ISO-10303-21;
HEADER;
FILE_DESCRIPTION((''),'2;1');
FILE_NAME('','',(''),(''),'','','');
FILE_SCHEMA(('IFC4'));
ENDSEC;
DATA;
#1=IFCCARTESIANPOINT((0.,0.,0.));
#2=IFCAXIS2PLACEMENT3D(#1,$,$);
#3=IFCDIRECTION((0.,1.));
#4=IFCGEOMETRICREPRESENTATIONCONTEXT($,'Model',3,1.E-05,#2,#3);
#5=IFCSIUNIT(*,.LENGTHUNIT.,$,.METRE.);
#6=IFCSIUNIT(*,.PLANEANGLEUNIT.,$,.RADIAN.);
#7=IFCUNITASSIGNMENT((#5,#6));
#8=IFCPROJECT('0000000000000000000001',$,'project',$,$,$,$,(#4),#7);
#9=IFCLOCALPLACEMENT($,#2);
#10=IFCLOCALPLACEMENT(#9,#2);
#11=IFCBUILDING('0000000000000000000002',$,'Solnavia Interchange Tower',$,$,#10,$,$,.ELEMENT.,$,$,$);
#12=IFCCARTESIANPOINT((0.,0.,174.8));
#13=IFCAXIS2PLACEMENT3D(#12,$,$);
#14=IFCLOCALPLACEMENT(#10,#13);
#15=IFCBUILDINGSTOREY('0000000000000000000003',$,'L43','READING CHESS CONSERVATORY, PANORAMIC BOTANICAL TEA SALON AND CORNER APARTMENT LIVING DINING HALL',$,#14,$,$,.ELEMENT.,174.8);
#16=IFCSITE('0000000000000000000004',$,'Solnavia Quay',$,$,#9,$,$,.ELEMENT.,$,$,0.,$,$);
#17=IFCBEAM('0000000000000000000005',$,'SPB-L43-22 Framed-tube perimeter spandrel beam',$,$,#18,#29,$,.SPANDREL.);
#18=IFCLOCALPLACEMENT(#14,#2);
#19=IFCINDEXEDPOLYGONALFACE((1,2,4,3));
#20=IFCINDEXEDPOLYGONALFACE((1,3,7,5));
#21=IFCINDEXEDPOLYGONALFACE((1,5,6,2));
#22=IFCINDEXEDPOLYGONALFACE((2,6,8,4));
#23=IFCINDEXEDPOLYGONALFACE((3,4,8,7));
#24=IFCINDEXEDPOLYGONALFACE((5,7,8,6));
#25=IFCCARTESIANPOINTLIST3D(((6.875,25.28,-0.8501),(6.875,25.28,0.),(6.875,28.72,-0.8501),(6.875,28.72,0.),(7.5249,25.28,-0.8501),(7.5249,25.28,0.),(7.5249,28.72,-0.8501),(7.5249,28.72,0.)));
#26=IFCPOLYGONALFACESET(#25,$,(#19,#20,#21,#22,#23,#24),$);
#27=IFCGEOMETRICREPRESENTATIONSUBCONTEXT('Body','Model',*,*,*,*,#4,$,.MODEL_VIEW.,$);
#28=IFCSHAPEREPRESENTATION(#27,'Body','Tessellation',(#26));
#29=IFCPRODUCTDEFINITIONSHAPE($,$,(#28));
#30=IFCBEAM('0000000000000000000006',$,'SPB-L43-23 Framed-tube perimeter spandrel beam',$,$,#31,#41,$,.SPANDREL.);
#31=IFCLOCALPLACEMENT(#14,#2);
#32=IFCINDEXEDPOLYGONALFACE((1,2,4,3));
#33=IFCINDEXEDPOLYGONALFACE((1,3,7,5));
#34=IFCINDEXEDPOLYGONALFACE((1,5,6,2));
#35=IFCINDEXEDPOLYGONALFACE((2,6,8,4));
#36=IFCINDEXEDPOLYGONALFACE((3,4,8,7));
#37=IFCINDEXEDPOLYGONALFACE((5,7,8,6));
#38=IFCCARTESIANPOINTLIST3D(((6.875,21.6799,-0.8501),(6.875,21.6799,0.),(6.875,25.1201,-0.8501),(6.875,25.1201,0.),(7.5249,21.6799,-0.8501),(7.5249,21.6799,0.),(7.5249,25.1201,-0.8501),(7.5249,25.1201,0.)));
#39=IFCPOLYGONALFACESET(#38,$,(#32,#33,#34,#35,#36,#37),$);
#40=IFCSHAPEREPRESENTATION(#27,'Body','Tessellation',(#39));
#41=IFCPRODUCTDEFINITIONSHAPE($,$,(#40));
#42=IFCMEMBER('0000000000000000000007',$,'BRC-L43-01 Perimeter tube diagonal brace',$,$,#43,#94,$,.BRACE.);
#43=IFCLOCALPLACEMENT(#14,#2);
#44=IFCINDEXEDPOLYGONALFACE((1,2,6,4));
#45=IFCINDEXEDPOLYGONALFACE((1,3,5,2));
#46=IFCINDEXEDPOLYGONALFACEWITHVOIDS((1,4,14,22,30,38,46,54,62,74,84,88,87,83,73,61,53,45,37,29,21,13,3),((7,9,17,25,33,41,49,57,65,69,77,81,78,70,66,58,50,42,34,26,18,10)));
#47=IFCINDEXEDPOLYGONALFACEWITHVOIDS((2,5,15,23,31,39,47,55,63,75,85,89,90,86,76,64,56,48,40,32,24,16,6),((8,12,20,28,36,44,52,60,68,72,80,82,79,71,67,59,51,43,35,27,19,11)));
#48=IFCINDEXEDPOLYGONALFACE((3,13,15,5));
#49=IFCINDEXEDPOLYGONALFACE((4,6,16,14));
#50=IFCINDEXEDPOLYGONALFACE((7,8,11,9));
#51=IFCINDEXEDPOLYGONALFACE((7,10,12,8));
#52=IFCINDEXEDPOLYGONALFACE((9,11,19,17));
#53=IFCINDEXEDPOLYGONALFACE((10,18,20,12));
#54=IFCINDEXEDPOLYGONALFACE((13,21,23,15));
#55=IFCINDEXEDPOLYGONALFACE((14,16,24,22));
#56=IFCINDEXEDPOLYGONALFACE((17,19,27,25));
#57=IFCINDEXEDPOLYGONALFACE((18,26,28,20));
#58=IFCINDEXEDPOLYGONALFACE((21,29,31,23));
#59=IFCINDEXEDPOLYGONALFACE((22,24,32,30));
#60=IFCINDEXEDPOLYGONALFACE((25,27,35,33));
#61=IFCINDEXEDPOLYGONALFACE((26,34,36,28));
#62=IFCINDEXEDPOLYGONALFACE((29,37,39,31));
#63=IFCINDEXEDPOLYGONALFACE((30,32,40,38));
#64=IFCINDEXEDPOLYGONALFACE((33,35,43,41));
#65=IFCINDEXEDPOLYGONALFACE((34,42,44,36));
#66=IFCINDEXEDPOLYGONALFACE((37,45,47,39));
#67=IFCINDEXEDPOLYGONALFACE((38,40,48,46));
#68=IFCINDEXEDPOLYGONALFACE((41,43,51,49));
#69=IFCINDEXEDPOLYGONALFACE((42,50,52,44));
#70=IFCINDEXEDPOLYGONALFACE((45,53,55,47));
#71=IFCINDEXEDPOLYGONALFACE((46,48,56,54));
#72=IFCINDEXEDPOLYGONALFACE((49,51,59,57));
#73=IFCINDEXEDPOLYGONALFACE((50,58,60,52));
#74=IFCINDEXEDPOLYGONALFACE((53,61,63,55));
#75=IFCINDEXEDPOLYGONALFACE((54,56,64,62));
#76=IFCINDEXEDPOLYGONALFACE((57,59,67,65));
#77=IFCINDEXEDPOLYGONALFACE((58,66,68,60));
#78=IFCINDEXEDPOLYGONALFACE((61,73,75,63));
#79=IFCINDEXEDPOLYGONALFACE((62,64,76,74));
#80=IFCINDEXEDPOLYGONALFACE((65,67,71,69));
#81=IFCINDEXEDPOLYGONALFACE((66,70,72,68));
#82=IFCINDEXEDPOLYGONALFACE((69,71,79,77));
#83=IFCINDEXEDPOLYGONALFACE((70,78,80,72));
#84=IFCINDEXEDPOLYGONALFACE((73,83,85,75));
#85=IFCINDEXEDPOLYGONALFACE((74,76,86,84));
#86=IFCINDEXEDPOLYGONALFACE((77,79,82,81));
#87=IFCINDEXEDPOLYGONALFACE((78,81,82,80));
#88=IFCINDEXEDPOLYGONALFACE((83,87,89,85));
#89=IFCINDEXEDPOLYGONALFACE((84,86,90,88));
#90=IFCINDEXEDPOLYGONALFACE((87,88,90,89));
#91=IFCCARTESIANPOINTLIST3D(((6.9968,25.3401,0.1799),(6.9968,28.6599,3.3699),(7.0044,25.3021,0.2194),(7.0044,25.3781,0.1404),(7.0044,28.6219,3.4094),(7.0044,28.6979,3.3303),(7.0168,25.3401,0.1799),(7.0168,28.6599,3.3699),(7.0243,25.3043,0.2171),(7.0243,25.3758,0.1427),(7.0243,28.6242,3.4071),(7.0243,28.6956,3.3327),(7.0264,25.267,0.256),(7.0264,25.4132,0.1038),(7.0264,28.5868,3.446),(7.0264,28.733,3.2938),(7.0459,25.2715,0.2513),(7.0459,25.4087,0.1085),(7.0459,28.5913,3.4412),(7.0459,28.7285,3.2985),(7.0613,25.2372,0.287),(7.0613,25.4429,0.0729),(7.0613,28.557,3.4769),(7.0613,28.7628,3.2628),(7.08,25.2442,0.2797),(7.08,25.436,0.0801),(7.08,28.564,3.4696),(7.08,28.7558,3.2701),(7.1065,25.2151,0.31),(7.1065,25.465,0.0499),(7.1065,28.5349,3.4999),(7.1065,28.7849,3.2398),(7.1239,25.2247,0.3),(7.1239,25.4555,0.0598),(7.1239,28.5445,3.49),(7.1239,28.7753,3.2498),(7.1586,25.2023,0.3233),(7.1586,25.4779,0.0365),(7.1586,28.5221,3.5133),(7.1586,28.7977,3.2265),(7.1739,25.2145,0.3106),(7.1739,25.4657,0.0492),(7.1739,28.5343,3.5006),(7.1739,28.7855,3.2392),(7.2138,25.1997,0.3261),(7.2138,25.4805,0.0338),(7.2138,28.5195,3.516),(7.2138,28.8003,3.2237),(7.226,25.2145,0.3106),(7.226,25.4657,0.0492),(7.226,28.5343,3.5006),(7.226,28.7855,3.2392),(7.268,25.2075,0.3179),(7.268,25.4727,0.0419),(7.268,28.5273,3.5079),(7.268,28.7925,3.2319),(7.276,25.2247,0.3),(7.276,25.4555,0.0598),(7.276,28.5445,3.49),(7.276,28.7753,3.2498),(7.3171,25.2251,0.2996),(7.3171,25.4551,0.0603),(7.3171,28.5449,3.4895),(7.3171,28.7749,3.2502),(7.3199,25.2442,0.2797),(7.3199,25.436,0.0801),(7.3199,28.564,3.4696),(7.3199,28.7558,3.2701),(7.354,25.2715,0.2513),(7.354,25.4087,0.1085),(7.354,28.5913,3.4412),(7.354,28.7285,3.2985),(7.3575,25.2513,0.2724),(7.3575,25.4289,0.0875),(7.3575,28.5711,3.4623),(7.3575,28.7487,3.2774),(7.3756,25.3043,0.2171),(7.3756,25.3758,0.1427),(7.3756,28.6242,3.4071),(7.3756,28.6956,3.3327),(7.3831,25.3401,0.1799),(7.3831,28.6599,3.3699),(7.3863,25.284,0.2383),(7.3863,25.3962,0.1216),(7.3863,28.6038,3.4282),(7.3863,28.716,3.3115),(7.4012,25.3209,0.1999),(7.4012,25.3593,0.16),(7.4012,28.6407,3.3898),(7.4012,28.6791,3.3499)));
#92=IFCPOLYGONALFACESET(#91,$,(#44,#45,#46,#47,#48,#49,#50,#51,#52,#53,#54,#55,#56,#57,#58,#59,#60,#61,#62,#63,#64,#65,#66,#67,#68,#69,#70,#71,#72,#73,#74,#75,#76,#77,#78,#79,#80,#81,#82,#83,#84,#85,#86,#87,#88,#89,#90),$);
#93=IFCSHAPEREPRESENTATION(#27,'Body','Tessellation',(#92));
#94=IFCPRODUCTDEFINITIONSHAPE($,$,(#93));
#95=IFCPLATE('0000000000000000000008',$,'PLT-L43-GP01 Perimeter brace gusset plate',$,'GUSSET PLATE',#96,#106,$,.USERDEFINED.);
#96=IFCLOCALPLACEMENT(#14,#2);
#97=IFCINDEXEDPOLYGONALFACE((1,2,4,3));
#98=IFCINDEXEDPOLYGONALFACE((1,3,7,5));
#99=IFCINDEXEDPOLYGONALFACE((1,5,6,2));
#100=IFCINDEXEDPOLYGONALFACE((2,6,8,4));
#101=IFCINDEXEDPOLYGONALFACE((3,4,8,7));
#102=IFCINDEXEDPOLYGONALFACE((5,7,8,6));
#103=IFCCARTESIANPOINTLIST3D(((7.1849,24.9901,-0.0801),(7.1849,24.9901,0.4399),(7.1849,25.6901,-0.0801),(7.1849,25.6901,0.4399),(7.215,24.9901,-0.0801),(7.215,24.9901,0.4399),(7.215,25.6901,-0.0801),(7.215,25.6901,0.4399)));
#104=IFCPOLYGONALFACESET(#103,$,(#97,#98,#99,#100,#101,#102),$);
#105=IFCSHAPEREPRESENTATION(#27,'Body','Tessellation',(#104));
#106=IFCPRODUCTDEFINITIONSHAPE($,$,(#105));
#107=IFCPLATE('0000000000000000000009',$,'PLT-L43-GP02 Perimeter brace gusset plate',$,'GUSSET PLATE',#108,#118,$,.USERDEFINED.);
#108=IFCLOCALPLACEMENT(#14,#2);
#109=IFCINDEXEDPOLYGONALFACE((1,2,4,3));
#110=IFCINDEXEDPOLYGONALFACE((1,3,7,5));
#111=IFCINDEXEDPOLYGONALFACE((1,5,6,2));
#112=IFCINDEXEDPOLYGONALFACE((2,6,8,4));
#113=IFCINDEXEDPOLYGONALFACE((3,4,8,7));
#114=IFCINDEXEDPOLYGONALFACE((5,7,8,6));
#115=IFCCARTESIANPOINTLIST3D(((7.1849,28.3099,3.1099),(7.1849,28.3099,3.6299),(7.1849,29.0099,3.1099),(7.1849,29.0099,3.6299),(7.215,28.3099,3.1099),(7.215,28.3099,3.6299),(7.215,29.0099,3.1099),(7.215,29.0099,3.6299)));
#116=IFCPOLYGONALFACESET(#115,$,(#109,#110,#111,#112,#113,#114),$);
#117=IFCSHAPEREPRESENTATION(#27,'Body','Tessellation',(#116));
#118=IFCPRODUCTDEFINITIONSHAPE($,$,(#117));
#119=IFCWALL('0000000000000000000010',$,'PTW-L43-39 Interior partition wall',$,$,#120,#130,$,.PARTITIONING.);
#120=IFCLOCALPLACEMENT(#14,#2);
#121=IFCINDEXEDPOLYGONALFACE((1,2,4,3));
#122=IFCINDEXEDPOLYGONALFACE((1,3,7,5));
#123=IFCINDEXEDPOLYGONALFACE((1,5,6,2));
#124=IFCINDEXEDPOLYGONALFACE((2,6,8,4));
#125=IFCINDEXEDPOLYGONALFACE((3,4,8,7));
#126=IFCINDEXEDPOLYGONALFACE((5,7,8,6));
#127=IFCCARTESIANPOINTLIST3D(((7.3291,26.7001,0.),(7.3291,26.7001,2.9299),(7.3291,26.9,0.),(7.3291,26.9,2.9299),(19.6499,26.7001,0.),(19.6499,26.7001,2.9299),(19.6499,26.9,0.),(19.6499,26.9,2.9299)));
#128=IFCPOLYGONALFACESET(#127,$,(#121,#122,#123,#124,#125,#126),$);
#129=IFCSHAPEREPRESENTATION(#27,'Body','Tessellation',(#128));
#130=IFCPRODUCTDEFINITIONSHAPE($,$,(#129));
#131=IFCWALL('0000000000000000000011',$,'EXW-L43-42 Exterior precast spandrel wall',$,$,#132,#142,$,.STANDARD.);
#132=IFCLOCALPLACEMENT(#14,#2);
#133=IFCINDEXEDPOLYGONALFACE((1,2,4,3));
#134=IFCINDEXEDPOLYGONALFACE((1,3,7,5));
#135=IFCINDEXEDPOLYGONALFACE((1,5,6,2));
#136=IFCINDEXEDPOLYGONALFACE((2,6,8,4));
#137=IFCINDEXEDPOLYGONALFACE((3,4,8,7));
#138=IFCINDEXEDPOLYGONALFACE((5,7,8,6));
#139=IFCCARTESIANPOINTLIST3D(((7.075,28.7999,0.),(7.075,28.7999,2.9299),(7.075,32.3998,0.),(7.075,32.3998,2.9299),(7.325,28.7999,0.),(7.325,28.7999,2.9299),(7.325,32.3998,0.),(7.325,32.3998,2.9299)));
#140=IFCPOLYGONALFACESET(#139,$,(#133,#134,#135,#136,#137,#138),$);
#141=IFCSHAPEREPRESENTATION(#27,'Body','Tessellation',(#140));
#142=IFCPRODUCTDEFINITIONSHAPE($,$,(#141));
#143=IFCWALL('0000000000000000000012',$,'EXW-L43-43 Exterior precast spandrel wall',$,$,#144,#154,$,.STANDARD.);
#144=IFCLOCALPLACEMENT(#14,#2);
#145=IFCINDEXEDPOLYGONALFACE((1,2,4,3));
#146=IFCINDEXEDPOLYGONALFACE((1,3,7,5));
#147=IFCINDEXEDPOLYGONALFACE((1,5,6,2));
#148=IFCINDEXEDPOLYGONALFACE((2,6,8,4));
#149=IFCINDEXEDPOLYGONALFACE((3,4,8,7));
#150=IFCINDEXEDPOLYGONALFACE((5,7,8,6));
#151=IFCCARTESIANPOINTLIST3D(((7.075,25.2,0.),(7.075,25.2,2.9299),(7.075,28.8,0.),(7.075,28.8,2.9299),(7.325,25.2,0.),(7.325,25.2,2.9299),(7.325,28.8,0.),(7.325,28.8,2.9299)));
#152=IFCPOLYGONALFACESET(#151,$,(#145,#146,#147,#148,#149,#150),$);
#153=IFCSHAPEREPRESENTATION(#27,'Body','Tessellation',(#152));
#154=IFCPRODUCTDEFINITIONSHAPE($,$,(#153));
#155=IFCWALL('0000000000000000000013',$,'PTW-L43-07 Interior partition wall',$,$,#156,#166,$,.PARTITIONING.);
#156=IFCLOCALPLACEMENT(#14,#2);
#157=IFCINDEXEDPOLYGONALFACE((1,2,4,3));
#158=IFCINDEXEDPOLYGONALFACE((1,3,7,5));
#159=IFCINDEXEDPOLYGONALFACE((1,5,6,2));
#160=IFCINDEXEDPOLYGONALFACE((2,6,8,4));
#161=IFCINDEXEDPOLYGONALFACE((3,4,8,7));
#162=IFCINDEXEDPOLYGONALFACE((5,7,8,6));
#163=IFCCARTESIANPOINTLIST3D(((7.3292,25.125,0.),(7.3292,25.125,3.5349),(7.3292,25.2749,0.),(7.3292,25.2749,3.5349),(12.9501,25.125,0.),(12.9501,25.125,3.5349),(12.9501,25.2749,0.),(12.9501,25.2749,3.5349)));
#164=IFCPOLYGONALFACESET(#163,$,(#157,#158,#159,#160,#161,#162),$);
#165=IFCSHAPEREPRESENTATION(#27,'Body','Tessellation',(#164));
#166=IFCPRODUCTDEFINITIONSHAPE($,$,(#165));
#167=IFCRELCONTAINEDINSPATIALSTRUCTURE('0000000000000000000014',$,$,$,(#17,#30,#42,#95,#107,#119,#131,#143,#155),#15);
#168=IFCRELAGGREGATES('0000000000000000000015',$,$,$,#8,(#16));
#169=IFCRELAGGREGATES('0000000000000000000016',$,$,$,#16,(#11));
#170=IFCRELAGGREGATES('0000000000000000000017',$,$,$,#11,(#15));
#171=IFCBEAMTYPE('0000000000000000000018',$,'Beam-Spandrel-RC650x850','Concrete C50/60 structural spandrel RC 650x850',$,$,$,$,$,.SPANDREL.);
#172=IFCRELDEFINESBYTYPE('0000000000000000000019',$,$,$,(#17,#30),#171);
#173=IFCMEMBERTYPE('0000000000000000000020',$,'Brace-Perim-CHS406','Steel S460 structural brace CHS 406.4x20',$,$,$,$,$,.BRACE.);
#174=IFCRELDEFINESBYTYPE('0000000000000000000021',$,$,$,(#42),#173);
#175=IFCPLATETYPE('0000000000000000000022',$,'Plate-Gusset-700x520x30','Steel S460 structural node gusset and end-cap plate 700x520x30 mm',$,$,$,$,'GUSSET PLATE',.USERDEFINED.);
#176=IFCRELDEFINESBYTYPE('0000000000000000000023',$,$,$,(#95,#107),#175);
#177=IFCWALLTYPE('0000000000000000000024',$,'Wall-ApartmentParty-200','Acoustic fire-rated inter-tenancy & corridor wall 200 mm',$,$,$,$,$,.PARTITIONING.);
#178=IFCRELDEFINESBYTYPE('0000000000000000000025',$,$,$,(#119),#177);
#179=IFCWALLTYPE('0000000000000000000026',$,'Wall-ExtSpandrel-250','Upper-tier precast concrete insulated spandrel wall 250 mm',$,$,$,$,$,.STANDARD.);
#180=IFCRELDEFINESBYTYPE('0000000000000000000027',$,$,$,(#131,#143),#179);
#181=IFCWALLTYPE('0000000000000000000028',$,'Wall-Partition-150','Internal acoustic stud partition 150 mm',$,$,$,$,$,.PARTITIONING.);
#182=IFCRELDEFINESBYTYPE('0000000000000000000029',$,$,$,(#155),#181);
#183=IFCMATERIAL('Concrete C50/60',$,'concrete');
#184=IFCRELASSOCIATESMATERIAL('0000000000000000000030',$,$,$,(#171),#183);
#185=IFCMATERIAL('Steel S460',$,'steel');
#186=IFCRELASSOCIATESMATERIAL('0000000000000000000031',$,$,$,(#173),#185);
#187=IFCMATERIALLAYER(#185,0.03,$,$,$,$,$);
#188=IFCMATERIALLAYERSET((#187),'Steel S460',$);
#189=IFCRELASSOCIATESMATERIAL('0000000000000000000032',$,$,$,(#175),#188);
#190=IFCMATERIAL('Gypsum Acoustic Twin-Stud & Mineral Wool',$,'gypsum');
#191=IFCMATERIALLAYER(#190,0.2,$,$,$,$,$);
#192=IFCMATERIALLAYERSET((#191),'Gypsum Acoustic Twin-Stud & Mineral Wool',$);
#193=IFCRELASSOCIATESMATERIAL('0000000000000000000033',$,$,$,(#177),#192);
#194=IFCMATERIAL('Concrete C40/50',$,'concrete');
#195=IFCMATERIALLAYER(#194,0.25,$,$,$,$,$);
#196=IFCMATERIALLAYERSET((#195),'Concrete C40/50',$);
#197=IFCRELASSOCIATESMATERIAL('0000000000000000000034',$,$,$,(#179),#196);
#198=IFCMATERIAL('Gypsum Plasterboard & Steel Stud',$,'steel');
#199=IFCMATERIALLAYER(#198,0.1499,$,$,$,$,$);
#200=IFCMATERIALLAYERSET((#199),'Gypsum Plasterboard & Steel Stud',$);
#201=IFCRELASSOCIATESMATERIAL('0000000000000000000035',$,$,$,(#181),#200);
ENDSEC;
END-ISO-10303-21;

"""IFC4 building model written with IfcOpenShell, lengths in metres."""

from ifc_helpers import new_model, si_unit, direction, frame, frame_2d, origin, origin_2d, place, context, subcontext, project, spatial, rectangle, hollow_circle, extrude, material, layer, layer_set, material_profile, profile_set, type_object, element, save


model = new_model("IFC4")

# Units and contexts
model_context = context("Model", 3, precision=1e-05, world=origin(), true_north=direction((0.0, 1.0)))
body_context = subcontext(model_context, "Body", "Model", "MODEL_VIEW")
ifc_project = project(units=[si_unit("LENGTHUNIT", "METRE"), si_unit("PLANEANGLEUNIT", "RADIAN")], contexts=[model_context])

# Site, building, storey
site_placement = place(None, origin())
site = spatial("IfcSite", under=ifc_project, at=site_placement, Name="Solnavia Quay", CompositionType="ELEMENT", RefElevation=0.0)
building_placement = place(site_placement, origin())
building = spatial("IfcBuilding", under=site, at=building_placement, Name="Solnavia Interchange Tower", CompositionType="ELEMENT")
storey_placement = place(building_placement, frame((0.0, 0.0, 174.8)))
storey = spatial("IfcBuildingStorey", under=building, at=storey_placement, Name="L43", Description="READING CHESS CONSERVATORY, PANORAMIC BOTANICAL TEA SALON AND CORNER APARTMENT LIVING DINING HALL", CompositionType="ELEMENT", Elevation=174.8)

# Shared definitions
ifc_material_1 = material(Name="Concrete C50/60", Category="concrete")

# Beams
ifc_material_profile_1 = material_profile(ifc_material_1, rectangle(XDim=0.6499, YDim=0.8501, at=origin_2d()), Name="RC 650x850")
ifc_profile_set_1 = profile_set([ifc_material_profile_1], Name="Concrete C50/60")
beam_type_1 = type_object("IfcBeamType", Name="Beam-Spandrel-RC650x850", Description="Concrete C50/60 structural spandrel RC 650x850", PredefinedType="SPANDREL", material=ifc_profile_set_1)
beam_1_placement = place(storey_placement, frame((7.2, 28.72, -0.425), z_axis=(0.0, -1.0, 0.0), x_axis=(1.0, 0.0, 0.0)))
element("IfcBeam", 1, at=beam_1_placement, inside=storey, type_object=beam_type_1, Name="SPB-L43-22 Framed-tube perimeter spandrel beam", PredefinedType="SPANDREL", context=body_context, shape_type="SweptSolid", body=[
    extrude(rectangle(XDim=0.6499, YDim=0.8501, at=origin_2d()), origin(), (0.0, 0.0, 1.0), 3.4399),
])
beam_2_placement = place(storey_placement, frame((7.2, 25.1201, -0.425), z_axis=(0.0, -1.0, 0.0), x_axis=(1.0, 0.0, 0.0)))
element("IfcBeam", 2, at=beam_2_placement, inside=storey, type_object=beam_type_1, Name="SPB-L43-23 Framed-tube perimeter spandrel beam", PredefinedType="SPANDREL", context=body_context, shape_type="SweptSolid", body=[
    extrude(rectangle(XDim=0.6499, YDim=0.8501, at=origin_2d()), origin(), (0.0, 0.0, 1.0), 3.4402),
])

# Member
ifc_material_2 = material(Name="Steel S460", Category="steel")
ifc_material_profile_2 = material_profile(ifc_material_2, hollow_circle(Radius=0.2031, WallThickness=0.02, at=origin_2d()), Name="CHS 406.4x20")
ifc_profile_set_2 = profile_set([ifc_material_profile_2], Name="Steel S460")
member_type = type_object("IfcMemberType", Name="Brace-Perim-CHS406", Description="Steel S460 structural brace CHS 406.4x20", PredefinedType="BRACE", material=ifc_profile_set_2)
member_placement = place(storey_placement, frame((7.2, 25.3401, 0.1799), z_axis=(0.0, 0.721071, 0.692861), x_axis=(-1.0, 0.0, 0.0)))
element("IfcMember", 3, at=member_placement, inside=storey, type_object=member_type, Name="BRC-L43-01 Perimeter tube diagonal brace", PredefinedType="BRACE", context=body_context, shape_type="SweptSolid", body=[
    extrude(hollow_circle(Radius=0.2031, WallThickness=0.02, at=origin_2d()), origin(), (0.0, 0.0, 1.0), 4.604),
])

# Plates
ifc_layer_1 = layer(ifc_material_2, 0.03)
ifc_layer_set_1 = layer_set([ifc_layer_1], Name="Steel S460")
plate_type = type_object("IfcPlateType", Name="Plate-Gusset-700x520x30", Description="Steel S460 structural node gusset and end-cap plate 700x520x30 mm", ElementType="GUSSET PLATE", PredefinedType="USERDEFINED", material=ifc_layer_set_1)
for number, where, z_axis, x_axis, name in (
    (4, (7.2, 25.3401, -0.0801), (0.0, 0.0, 1.0), (0.0, 1.0, 0.0), "PLT-L43-GP01 Perimeter brace gusset plate"),
    (5, (7.2, 28.6599, 3.1099), (0.0, 0.0, 1.0), (0.0, 1.0, 0.0), "PLT-L43-GP02 Perimeter brace gusset plate"),
):
    element("IfcPlate", number, at=place(storey_placement, frame(where, z_axis=z_axis, x_axis=x_axis)), inside=storey, type_object=plate_type, Name=name, ObjectType="GUSSET PLATE", PredefinedType="USERDEFINED", context=body_context, shape_type="SweptSolid", body=[
        extrude(rectangle(XDim=0.7, YDim=0.03, at=origin_2d()), origin(), (0.0, 0.0, 1.0), 0.52),
    ])

# Walls
ifc_material_3 = material(Name="Gypsum Acoustic Twin-Stud & Mineral Wool", Category="gypsum")
ifc_layer_2 = layer(ifc_material_3, 0.2)
ifc_layer_set_2 = layer_set([ifc_layer_2], Name="Gypsum Acoustic Twin-Stud & Mineral Wool")
wall_type_1 = type_object("IfcWallType", Name="Wall-ApartmentParty-200", Description="Acoustic fire-rated inter-tenancy & corridor wall 200 mm", PredefinedType="PARTITIONING", material=ifc_layer_set_2)
wall_1_placement = place(storey_placement, frame((7.3291, 26.8, 0.0), z_axis=(0.0, 0.0, 1.0), x_axis=(1.0, 0.0, 0.0)))
element("IfcWall", 6, at=wall_1_placement, inside=storey, type_object=wall_type_1, Name="PTW-L43-39 Interior partition wall", PredefinedType="PARTITIONING", context=body_context, shape_type="SweptSolid", body=[
    extrude(rectangle(XDim=12.3208, YDim=0.2, at=frame_2d((6.1604, 0.0))), origin(), (0.0, 0.0, 1.0), 2.9299),
])
ifc_material_4 = material(Name="Concrete C40/50", Category="concrete")
ifc_layer_3 = layer(ifc_material_4, 0.25)
ifc_layer_set_3 = layer_set([ifc_layer_3], Name="Concrete C40/50")
wall_type_2 = type_object("IfcWallType", Name="Wall-ExtSpandrel-250", Description="Upper-tier precast concrete insulated spandrel wall 250 mm", PredefinedType="STANDARD", material=ifc_layer_set_3)
wall_2_placement = place(storey_placement, frame((7.2, 28.8, 0.0), z_axis=(0.0, 0.0, 1.0), x_axis=(0.0, 1.0, 0.0)))
element("IfcWall", 7, at=wall_2_placement, inside=storey, type_object=wall_type_2, Name="EXW-L43-42 Exterior precast spandrel wall", PredefinedType="STANDARD", context=body_context, shape_type="SweptSolid", body=[
    extrude(rectangle(XDim=3.5999, YDim=0.25, at=frame_2d((1.7998, 0.0))), origin(), (0.0, 0.0, 1.0), 2.9299),
])
wall_3_placement = place(storey_placement, frame((7.2, 25.2, 0.0), z_axis=(0.0, 0.0, 1.0), x_axis=(0.0, 1.0, 0.0)))
element("IfcWall", 8, at=wall_3_placement, inside=storey, type_object=wall_type_2, Name="EXW-L43-43 Exterior precast spandrel wall", PredefinedType="STANDARD", context=body_context, shape_type="SweptSolid", body=[
    extrude(rectangle(XDim=3.6001, YDim=0.25, at=frame_2d((1.8, 0.0))), origin(), (0.0, 0.0, 1.0), 2.9299),
])
ifc_material_5 = material(Name="Gypsum Plasterboard & Steel Stud", Category="steel")
ifc_layer_4 = layer(ifc_material_5, 0.1499)
ifc_layer_set_4 = layer_set([ifc_layer_4], Name="Gypsum Plasterboard & Steel Stud")
wall_type_3 = type_object("IfcWallType", Name="Wall-Partition-150", Description="Internal acoustic stud partition 150 mm", PredefinedType="PARTITIONING", material=ifc_layer_set_4)
wall_4_placement = place(storey_placement, frame((7.3291, 25.2, 0.0), z_axis=(0.0, 0.0, 1.0), x_axis=(1.0, 0.0, 0.0)))
element("IfcWall", 9, at=wall_4_placement, inside=storey, type_object=wall_type_3, Name="PTW-L43-07 Interior partition wall", PredefinedType="PARTITIONING", context=body_context, shape_type="SweptSolid", body=[
    extrude(rectangle(XDim=5.6208, YDim=0.1499, at=frame_2d((2.8105, 0.0))), origin(), (0.0, 0.0, 1.0), 3.5349),
])

save(model, "model.ifc")
